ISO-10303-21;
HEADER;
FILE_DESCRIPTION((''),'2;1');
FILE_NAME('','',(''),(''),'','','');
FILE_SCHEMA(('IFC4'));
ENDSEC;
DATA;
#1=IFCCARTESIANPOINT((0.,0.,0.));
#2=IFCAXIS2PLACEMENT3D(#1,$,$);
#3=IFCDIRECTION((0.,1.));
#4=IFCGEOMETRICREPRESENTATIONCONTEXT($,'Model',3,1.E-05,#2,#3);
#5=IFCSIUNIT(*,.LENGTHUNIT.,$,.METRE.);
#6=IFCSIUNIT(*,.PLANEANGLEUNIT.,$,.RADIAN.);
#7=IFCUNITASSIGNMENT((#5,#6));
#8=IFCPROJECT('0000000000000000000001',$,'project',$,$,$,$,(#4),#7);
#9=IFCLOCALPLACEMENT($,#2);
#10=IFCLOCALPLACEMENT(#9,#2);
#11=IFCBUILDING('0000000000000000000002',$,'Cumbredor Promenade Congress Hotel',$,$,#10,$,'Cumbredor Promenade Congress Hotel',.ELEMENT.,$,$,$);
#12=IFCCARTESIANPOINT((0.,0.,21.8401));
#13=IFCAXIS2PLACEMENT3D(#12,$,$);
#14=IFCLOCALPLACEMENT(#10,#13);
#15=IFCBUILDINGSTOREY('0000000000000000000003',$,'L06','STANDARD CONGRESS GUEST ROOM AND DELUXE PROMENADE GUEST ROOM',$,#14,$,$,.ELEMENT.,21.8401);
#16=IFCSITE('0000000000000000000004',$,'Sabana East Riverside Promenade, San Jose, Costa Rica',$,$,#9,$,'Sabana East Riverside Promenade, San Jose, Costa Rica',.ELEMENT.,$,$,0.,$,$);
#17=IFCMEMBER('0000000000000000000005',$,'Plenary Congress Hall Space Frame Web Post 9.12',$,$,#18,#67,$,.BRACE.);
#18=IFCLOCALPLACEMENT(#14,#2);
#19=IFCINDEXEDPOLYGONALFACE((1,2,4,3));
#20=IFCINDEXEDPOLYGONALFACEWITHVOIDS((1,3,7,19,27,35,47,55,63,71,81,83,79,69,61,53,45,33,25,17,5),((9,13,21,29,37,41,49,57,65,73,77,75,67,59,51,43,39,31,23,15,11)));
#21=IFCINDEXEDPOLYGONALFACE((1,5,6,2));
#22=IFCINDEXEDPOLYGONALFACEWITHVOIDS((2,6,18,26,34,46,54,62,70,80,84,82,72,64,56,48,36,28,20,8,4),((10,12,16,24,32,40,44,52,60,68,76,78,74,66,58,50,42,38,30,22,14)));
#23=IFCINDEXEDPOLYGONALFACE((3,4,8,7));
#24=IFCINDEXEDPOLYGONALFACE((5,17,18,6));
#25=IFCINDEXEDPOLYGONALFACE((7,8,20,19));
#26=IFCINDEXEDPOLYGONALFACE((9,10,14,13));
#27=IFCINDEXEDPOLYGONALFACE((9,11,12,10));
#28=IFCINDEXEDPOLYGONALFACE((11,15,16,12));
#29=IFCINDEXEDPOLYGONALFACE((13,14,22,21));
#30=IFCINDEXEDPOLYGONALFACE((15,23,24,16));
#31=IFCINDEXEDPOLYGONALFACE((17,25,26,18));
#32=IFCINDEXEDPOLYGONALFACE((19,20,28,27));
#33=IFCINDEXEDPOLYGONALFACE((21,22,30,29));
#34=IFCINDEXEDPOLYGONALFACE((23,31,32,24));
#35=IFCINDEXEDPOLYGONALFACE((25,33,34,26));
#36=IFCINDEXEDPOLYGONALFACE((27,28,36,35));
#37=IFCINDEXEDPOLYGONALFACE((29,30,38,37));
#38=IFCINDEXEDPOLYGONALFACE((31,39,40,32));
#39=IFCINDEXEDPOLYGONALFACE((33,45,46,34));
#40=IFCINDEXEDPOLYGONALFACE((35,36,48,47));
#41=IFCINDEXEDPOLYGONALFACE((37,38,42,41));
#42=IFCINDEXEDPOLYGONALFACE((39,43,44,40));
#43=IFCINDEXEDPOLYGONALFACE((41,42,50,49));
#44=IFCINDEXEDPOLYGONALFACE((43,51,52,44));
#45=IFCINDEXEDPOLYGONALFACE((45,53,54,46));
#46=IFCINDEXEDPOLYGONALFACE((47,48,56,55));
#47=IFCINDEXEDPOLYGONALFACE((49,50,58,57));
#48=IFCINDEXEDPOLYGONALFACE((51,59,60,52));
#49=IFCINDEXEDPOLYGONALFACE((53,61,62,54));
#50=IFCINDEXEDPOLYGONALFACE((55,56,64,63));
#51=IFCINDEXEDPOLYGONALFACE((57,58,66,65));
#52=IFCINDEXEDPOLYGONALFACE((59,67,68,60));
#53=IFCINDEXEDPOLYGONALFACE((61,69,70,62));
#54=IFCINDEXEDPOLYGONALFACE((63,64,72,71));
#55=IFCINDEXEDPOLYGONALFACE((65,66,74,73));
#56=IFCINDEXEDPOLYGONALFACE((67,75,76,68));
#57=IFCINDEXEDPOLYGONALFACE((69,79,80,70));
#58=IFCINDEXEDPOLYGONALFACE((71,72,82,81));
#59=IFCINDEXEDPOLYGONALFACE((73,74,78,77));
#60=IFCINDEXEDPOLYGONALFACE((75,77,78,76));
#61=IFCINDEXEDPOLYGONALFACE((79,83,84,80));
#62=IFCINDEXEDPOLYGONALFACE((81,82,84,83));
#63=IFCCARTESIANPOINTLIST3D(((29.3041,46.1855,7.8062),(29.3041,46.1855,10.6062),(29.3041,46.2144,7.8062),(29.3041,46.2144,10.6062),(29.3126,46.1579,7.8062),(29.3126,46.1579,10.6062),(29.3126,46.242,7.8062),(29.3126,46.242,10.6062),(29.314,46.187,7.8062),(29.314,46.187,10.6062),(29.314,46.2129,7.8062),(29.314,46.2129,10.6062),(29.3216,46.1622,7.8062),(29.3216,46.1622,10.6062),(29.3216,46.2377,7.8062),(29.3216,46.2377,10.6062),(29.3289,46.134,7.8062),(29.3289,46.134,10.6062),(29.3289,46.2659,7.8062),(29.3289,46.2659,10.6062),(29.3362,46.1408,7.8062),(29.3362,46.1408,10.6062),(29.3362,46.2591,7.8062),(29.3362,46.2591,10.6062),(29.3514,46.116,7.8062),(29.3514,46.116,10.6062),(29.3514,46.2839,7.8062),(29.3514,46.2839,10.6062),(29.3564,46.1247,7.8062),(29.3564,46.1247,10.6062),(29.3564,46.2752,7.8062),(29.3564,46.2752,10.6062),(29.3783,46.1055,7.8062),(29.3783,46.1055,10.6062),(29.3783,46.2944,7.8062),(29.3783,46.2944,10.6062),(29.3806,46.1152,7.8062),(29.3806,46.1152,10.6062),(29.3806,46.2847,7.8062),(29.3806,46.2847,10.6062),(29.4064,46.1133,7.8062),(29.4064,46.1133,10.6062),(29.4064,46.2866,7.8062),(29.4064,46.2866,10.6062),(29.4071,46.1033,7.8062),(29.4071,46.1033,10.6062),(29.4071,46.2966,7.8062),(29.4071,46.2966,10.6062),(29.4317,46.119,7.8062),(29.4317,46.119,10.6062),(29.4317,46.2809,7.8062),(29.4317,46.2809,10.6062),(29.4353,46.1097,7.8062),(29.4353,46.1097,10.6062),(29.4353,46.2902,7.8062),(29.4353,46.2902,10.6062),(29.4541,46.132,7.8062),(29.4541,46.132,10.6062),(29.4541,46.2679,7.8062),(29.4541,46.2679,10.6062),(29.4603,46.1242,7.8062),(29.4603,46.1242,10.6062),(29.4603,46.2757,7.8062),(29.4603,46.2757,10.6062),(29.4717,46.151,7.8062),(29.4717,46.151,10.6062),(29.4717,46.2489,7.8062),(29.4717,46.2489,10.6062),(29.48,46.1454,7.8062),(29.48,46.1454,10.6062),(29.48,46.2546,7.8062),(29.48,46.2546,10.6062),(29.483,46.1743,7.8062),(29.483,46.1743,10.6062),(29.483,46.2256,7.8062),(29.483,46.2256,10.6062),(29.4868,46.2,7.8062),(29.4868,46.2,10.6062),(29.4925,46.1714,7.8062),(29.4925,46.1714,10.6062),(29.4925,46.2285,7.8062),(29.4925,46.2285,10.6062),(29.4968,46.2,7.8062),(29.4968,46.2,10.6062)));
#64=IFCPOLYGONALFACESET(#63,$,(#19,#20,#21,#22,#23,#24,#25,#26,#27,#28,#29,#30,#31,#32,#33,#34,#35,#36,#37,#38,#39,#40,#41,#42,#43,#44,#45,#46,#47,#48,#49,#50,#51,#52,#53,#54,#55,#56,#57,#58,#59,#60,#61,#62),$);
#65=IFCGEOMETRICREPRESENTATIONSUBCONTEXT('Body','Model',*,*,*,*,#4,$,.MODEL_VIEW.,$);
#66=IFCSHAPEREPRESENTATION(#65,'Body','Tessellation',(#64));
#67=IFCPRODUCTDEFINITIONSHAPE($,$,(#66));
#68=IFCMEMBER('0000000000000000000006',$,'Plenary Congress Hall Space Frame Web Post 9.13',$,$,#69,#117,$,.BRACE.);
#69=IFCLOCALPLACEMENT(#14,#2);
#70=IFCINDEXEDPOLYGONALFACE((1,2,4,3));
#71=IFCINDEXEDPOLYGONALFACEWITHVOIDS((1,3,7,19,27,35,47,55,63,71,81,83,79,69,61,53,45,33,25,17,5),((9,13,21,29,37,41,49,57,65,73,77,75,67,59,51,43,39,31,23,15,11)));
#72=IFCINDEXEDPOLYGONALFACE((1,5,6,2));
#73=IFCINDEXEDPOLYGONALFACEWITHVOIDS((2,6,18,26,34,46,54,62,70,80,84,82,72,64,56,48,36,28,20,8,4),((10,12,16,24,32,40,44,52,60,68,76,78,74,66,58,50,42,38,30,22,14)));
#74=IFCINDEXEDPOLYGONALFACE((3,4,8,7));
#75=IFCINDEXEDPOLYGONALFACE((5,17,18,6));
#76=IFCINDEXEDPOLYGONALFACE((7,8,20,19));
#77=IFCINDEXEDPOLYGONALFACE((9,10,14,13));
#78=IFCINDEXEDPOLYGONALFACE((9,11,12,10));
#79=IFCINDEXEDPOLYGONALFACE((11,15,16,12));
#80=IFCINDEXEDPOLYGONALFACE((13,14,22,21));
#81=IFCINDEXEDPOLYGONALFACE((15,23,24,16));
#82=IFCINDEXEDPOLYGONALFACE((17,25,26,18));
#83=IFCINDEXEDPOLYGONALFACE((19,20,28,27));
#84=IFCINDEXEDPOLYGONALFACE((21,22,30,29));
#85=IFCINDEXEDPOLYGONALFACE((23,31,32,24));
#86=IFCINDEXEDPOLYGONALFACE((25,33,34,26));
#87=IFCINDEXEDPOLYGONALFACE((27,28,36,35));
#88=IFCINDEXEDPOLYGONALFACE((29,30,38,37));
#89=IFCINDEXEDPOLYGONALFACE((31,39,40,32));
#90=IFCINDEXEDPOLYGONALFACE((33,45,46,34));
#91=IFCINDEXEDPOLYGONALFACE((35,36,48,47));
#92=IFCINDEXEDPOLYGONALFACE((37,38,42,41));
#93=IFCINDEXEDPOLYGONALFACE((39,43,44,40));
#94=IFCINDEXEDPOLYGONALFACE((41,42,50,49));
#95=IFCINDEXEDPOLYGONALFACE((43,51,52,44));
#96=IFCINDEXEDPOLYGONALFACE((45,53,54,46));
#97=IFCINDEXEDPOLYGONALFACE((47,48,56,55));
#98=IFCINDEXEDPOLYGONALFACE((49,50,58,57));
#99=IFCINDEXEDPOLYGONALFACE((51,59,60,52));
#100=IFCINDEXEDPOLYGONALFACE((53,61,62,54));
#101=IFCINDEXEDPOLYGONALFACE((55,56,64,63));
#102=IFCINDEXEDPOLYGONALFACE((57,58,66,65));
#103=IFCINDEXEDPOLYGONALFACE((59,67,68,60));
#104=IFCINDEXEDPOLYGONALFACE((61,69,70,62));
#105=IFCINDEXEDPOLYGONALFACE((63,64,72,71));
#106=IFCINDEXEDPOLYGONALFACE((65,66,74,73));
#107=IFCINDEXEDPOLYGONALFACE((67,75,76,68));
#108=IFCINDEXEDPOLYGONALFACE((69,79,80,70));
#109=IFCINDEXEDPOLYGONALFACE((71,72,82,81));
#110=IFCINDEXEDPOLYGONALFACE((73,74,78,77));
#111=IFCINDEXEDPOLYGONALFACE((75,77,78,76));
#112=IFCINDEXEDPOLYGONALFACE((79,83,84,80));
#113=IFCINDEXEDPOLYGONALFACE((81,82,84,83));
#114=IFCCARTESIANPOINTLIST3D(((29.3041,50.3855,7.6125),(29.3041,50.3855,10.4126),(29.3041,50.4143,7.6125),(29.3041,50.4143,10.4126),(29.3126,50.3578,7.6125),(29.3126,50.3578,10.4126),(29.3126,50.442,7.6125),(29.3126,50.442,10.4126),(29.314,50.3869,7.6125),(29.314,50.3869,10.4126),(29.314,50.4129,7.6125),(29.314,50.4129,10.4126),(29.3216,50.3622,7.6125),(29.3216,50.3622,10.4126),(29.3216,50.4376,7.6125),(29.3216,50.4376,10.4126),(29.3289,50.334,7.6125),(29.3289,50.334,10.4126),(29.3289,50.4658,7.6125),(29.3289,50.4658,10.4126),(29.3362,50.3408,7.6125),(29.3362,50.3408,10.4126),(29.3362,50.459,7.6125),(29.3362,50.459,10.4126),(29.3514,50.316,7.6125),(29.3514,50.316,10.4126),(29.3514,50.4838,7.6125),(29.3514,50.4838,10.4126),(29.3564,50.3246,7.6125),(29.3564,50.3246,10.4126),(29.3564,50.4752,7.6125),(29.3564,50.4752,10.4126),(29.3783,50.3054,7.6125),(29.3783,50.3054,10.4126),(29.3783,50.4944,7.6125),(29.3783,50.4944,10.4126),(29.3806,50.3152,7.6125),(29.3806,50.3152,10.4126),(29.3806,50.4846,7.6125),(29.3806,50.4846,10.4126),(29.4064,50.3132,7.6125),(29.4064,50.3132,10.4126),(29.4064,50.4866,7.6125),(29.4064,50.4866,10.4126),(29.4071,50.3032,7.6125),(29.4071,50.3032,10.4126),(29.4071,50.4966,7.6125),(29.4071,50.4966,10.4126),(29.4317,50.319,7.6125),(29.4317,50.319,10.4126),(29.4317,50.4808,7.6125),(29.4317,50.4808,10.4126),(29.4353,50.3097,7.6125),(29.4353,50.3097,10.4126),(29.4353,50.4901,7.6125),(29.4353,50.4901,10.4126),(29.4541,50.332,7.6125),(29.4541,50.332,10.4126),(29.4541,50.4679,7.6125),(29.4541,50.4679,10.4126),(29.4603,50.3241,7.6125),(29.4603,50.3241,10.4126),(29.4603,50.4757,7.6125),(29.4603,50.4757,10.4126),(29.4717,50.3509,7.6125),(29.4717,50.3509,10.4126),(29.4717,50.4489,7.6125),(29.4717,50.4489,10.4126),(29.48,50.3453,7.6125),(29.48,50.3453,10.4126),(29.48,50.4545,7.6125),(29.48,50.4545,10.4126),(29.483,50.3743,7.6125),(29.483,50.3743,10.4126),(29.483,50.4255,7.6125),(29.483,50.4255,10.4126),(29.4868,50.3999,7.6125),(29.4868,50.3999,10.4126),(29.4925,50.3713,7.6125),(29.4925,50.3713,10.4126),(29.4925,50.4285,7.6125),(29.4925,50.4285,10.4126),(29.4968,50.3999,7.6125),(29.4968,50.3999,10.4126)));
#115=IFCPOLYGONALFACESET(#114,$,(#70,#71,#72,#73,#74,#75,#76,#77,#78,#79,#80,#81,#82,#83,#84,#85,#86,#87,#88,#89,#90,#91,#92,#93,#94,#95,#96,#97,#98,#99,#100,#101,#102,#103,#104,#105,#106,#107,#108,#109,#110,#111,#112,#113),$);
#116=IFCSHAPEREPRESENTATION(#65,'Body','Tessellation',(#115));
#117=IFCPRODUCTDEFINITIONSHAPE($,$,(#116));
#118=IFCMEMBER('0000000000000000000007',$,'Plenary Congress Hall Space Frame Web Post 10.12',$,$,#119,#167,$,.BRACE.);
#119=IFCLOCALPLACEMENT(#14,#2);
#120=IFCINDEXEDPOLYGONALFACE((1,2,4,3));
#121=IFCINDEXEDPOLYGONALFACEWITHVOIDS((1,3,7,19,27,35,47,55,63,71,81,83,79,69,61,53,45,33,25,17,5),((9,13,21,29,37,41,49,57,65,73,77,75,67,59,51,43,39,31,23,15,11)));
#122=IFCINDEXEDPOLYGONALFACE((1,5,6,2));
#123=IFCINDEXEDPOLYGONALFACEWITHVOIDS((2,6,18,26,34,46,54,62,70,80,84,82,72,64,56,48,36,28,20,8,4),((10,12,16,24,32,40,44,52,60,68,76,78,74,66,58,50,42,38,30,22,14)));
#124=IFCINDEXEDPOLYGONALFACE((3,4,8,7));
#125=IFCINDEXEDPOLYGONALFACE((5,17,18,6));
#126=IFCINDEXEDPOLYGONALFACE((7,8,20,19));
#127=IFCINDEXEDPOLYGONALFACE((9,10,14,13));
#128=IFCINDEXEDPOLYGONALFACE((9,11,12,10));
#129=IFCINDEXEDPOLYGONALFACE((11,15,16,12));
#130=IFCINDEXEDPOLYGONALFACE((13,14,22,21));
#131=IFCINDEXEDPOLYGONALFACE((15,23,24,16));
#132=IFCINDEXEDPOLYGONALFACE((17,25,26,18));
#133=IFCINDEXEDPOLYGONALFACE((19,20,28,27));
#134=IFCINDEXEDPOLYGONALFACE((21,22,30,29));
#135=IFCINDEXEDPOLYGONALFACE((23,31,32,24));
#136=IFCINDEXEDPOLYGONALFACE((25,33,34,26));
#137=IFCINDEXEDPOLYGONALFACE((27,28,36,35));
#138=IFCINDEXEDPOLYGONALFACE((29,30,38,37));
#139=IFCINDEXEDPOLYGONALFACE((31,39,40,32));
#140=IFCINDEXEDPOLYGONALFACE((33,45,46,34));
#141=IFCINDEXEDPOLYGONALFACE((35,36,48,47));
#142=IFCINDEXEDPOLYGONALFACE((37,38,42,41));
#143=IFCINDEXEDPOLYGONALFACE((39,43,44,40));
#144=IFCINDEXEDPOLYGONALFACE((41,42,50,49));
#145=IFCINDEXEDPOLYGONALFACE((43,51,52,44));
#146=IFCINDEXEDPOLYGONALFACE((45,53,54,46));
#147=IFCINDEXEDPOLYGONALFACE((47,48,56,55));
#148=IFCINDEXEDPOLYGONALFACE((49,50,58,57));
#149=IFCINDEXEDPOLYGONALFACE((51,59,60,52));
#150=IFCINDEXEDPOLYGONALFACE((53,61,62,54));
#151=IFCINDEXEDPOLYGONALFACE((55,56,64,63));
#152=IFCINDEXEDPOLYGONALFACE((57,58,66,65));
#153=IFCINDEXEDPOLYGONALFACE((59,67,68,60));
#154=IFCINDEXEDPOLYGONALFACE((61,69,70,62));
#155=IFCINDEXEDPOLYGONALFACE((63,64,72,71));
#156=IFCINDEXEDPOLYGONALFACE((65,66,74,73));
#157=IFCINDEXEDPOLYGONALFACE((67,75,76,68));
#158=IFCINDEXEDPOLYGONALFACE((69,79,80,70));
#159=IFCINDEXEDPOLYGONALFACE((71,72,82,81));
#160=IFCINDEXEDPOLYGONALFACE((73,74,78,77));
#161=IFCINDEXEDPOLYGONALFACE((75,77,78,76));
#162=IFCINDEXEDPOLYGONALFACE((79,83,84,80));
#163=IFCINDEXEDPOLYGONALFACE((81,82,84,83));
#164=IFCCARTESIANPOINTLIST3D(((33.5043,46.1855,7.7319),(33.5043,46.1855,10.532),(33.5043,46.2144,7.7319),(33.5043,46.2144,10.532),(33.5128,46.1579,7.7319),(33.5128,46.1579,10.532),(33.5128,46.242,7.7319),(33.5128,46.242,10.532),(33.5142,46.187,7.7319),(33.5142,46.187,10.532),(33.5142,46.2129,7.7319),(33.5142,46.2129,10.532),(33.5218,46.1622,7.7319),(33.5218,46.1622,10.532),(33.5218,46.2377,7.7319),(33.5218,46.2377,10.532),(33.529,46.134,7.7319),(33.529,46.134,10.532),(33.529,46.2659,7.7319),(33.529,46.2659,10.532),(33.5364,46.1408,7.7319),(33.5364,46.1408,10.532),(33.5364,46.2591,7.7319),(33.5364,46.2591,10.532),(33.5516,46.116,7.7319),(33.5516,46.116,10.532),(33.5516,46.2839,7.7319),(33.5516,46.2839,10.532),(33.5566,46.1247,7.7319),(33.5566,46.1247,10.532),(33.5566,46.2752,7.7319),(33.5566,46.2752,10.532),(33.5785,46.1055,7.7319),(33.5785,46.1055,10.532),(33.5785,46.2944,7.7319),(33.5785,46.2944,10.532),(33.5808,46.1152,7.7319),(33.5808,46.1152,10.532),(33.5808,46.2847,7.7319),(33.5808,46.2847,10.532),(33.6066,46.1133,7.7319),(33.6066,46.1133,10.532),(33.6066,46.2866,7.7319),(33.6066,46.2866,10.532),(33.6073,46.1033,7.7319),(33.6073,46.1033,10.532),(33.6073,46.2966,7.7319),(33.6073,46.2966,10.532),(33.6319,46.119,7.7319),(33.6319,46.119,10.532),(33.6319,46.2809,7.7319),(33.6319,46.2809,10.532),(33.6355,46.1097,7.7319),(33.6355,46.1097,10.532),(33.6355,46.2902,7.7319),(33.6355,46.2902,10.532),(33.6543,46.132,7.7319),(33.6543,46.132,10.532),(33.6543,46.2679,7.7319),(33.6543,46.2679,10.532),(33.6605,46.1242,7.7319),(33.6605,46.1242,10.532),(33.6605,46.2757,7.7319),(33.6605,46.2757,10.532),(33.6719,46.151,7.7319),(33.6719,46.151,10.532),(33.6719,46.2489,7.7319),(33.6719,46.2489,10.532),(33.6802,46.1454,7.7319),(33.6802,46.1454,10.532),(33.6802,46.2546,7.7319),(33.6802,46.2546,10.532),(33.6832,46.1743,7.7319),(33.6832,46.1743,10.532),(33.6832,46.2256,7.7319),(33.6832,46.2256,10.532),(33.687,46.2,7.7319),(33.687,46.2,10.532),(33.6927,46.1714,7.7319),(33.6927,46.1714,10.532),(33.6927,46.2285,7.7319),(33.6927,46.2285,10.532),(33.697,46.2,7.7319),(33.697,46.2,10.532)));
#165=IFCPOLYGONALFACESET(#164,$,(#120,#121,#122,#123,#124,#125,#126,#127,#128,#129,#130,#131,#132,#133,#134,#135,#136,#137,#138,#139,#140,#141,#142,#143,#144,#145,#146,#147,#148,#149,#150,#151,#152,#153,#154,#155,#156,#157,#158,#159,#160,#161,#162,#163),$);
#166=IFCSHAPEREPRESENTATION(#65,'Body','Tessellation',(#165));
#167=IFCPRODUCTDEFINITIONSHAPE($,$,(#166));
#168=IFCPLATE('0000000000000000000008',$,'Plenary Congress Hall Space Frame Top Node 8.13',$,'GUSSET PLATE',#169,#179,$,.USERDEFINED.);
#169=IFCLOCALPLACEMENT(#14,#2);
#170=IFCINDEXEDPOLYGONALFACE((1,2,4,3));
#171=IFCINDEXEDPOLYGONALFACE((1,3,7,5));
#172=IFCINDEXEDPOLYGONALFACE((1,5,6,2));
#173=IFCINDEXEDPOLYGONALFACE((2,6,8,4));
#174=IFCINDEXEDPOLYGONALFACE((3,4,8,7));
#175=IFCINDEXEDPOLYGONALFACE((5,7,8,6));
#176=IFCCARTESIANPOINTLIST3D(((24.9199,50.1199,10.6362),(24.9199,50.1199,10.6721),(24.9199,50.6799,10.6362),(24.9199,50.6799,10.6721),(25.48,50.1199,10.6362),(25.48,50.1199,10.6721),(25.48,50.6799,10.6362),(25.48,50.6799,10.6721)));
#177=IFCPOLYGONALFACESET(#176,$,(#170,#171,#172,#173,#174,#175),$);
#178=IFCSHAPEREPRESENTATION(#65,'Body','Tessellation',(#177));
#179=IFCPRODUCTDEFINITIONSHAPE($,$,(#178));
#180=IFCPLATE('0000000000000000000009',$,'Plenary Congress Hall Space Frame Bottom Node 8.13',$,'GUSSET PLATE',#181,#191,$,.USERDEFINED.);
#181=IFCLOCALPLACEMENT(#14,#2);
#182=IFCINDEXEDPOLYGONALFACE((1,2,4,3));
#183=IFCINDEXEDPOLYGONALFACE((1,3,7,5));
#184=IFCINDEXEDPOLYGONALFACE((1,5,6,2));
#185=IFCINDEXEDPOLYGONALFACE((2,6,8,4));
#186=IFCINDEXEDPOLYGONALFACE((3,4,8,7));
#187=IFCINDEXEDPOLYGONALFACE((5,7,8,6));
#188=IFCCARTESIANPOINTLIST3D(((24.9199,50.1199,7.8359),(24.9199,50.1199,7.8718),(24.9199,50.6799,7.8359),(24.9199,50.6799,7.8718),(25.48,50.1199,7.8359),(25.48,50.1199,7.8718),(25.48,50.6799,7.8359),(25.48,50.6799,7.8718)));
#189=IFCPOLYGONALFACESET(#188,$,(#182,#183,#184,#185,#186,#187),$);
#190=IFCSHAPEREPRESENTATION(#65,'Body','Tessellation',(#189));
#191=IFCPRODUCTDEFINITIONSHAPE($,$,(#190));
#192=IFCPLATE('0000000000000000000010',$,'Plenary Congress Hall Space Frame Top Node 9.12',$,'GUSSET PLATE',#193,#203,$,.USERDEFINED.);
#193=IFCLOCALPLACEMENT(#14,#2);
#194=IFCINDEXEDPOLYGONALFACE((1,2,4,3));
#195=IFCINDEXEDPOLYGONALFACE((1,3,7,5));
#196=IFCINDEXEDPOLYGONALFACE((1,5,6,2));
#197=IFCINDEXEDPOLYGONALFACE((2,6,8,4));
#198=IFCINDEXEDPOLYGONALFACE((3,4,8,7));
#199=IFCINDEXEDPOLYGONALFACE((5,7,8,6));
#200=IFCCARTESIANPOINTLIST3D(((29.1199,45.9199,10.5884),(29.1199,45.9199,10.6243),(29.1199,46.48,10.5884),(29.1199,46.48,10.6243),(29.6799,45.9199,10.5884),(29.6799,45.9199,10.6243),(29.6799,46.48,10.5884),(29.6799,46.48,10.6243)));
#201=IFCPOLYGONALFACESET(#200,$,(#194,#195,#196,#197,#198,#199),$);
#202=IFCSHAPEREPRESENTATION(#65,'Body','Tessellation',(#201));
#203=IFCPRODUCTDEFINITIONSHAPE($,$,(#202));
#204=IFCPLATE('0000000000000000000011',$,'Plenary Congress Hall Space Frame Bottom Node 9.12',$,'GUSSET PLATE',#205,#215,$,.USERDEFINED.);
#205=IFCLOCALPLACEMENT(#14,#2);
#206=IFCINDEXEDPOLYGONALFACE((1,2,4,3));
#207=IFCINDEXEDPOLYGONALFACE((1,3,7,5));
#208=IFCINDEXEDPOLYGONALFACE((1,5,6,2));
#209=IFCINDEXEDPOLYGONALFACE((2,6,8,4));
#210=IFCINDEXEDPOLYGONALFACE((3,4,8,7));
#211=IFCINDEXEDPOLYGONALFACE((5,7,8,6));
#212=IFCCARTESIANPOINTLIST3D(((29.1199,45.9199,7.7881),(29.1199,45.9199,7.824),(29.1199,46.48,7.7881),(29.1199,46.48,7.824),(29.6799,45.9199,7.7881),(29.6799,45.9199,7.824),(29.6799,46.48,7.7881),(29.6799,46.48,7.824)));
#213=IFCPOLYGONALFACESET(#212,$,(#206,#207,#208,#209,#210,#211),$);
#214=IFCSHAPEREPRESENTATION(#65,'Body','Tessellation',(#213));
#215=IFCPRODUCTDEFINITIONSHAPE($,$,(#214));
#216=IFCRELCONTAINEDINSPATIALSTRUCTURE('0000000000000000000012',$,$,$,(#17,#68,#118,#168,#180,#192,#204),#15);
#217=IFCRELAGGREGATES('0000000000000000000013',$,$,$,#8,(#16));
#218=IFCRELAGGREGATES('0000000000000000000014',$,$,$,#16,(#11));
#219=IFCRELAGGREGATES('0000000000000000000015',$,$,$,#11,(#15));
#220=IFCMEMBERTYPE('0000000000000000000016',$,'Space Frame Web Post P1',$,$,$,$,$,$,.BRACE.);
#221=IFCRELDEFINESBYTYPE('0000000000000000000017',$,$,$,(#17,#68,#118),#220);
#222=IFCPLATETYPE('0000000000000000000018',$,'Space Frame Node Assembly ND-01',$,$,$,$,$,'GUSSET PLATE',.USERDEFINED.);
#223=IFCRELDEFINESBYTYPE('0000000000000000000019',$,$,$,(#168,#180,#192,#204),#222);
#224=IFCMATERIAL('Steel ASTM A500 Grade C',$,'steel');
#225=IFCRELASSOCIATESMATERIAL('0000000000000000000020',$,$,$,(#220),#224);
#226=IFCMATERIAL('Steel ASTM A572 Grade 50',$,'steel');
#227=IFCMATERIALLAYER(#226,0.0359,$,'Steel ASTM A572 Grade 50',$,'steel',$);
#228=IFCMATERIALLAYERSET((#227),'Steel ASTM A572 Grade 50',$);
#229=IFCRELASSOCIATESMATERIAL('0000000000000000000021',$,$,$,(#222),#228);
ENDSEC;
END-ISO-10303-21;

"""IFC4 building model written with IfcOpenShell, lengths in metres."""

from ifc_helpers import new_model, si_unit, direction, frame, origin, origin_2d, place, context, subcontext, project, spatial, rectangle, hollow_circle, extrude, material, layer, layer_set, material_profile, profile_set, type_object, element, save


model = new_model("IFC4")

# Units and contexts
model_context = context("Model", 3, precision=1e-05, world=origin(), true_north=direction((0.0, 1.0)))
body_context = subcontext(model_context, "Body", "Model", "MODEL_VIEW")
ifc_project = project(units=[si_unit("LENGTHUNIT", "METRE"), si_unit("PLANEANGLEUNIT", "RADIAN")], contexts=[model_context])

# Site, building, storey
site_placement = place(None, origin())
site = spatial("IfcSite", under=ifc_project, at=site_placement, Name="Sabana East Riverside Promenade, San Jose, Costa Rica", LongName="Sabana East Riverside Promenade, San Jose, Costa Rica", CompositionType="ELEMENT", RefElevation=0.0)
building_placement = place(site_placement, origin())
building = spatial("IfcBuilding", under=site, at=building_placement, Name="Cumbredor Promenade Congress Hotel", LongName="Cumbredor Promenade Congress Hotel", CompositionType="ELEMENT")
storey_placement = place(building_placement, frame((0.0, 0.0, 21.8401)))
storey = spatial("IfcBuildingStorey", under=building, at=storey_placement, Name="L06", Description="STANDARD CONGRESS GUEST ROOM AND DELUXE PROMENADE GUEST ROOM", CompositionType="ELEMENT", Elevation=21.8401)

# Members
ifc_material_1 = material(Name="Steel ASTM A500 Grade C", Category="steel")
ifc_material_profile_1 = material_profile(ifc_material_1, hollow_circle(Radius=0.0969, WallThickness=0.01, at=origin_2d()), Name="CHS 193.7x10")
ifc_profile_set_1 = profile_set([ifc_material_profile_1], Name="Steel ASTM A500 Grade C")
member_type_1 = type_object("IfcMemberType", Name="Space Frame Web Post P1", PredefinedType="BRACE", material=ifc_profile_set_1)
for number, where, z_axis, x_axis, name in (
    (1, (29.3999, 46.2, 7.8062), (0.0, 0.0, 1.0), (1.0, 0.0, 0.0), "Plenary Congress Hall Space Frame Web Post 9.12"),
    (2, (29.3999, 50.3999, 7.6125), (0.0, 0.0, 1.0), (1.0, 0.0, 0.0), "Plenary Congress Hall Space Frame Web Post 9.13"),
    (3, (33.6001, 46.2, 7.7319), (0.0, 0.0, 1.0), (1.0, 0.0, 0.0), "Plenary Congress Hall Space Frame Web Post 10.12"),
):
    element("IfcMember", number, at=place(storey_placement, frame(where, z_axis=z_axis, x_axis=x_axis)), inside=storey, type_object=member_type_1, Name=name, PredefinedType="BRACE", context=body_context, shape_type="SweptSolid", body=[
        extrude(hollow_circle(Radius=0.0969, WallThickness=0.01, at=origin_2d()), origin(), (0.0, 0.0, 1.0), 2.8),
    ])

# Plates
ifc_material_2 = material(Name="Steel ASTM A572 Grade 50", Category="steel")
ifc_layer = layer(ifc_material_2, 0.0359, Name="Steel ASTM A572 Grade 50", Category="steel")
ifc_layer_set = layer_set([ifc_layer], Name="Steel ASTM A572 Grade 50")
plate_type = type_object("IfcPlateType", Name="Space Frame Node Assembly ND-01", ElementType="GUSSET PLATE", PredefinedType="USERDEFINED", material=ifc_layer_set)
for number, where, z_axis, x_axis, name in (
    (4, (25.2, 50.3999, 10.6362), (0.0, 0.0, 1.0), (1.0, 0.0, 0.0), "Plenary Congress Hall Space Frame Top Node 8.13"),
    (5, (25.2, 50.3999, 7.8359), (0.0, 0.0, 1.0), (1.0, 0.0, 0.0), "Plenary Congress Hall Space Frame Bottom Node 8.13"),
    (6, (29.3999, 46.2, 10.5884), (0.0, 0.0, 1.0), (1.0, 0.0, 0.0), "Plenary Congress Hall Space Frame Top Node 9.12"),
    (7, (29.3999, 46.2, 7.7881), (0.0, 0.0, 1.0), (1.0, 0.0, 0.0), "Plenary Congress Hall Space Frame Bottom Node 9.12"),
):
    element("IfcPlate", number, at=place(storey_placement, frame(where, z_axis=z_axis, x_axis=x_axis)), inside=storey, type_object=plate_type, Name=name, ObjectType="GUSSET PLATE", PredefinedType="USERDEFINED", context=body_context, shape_type="SweptSolid", body=[
        extrude(rectangle(XDim=0.5601, YDim=0.5601, at=origin_2d()), origin(), (0.0, 0.0, 1.0), 0.0359),
    ])

save(model, "model.ifc")
